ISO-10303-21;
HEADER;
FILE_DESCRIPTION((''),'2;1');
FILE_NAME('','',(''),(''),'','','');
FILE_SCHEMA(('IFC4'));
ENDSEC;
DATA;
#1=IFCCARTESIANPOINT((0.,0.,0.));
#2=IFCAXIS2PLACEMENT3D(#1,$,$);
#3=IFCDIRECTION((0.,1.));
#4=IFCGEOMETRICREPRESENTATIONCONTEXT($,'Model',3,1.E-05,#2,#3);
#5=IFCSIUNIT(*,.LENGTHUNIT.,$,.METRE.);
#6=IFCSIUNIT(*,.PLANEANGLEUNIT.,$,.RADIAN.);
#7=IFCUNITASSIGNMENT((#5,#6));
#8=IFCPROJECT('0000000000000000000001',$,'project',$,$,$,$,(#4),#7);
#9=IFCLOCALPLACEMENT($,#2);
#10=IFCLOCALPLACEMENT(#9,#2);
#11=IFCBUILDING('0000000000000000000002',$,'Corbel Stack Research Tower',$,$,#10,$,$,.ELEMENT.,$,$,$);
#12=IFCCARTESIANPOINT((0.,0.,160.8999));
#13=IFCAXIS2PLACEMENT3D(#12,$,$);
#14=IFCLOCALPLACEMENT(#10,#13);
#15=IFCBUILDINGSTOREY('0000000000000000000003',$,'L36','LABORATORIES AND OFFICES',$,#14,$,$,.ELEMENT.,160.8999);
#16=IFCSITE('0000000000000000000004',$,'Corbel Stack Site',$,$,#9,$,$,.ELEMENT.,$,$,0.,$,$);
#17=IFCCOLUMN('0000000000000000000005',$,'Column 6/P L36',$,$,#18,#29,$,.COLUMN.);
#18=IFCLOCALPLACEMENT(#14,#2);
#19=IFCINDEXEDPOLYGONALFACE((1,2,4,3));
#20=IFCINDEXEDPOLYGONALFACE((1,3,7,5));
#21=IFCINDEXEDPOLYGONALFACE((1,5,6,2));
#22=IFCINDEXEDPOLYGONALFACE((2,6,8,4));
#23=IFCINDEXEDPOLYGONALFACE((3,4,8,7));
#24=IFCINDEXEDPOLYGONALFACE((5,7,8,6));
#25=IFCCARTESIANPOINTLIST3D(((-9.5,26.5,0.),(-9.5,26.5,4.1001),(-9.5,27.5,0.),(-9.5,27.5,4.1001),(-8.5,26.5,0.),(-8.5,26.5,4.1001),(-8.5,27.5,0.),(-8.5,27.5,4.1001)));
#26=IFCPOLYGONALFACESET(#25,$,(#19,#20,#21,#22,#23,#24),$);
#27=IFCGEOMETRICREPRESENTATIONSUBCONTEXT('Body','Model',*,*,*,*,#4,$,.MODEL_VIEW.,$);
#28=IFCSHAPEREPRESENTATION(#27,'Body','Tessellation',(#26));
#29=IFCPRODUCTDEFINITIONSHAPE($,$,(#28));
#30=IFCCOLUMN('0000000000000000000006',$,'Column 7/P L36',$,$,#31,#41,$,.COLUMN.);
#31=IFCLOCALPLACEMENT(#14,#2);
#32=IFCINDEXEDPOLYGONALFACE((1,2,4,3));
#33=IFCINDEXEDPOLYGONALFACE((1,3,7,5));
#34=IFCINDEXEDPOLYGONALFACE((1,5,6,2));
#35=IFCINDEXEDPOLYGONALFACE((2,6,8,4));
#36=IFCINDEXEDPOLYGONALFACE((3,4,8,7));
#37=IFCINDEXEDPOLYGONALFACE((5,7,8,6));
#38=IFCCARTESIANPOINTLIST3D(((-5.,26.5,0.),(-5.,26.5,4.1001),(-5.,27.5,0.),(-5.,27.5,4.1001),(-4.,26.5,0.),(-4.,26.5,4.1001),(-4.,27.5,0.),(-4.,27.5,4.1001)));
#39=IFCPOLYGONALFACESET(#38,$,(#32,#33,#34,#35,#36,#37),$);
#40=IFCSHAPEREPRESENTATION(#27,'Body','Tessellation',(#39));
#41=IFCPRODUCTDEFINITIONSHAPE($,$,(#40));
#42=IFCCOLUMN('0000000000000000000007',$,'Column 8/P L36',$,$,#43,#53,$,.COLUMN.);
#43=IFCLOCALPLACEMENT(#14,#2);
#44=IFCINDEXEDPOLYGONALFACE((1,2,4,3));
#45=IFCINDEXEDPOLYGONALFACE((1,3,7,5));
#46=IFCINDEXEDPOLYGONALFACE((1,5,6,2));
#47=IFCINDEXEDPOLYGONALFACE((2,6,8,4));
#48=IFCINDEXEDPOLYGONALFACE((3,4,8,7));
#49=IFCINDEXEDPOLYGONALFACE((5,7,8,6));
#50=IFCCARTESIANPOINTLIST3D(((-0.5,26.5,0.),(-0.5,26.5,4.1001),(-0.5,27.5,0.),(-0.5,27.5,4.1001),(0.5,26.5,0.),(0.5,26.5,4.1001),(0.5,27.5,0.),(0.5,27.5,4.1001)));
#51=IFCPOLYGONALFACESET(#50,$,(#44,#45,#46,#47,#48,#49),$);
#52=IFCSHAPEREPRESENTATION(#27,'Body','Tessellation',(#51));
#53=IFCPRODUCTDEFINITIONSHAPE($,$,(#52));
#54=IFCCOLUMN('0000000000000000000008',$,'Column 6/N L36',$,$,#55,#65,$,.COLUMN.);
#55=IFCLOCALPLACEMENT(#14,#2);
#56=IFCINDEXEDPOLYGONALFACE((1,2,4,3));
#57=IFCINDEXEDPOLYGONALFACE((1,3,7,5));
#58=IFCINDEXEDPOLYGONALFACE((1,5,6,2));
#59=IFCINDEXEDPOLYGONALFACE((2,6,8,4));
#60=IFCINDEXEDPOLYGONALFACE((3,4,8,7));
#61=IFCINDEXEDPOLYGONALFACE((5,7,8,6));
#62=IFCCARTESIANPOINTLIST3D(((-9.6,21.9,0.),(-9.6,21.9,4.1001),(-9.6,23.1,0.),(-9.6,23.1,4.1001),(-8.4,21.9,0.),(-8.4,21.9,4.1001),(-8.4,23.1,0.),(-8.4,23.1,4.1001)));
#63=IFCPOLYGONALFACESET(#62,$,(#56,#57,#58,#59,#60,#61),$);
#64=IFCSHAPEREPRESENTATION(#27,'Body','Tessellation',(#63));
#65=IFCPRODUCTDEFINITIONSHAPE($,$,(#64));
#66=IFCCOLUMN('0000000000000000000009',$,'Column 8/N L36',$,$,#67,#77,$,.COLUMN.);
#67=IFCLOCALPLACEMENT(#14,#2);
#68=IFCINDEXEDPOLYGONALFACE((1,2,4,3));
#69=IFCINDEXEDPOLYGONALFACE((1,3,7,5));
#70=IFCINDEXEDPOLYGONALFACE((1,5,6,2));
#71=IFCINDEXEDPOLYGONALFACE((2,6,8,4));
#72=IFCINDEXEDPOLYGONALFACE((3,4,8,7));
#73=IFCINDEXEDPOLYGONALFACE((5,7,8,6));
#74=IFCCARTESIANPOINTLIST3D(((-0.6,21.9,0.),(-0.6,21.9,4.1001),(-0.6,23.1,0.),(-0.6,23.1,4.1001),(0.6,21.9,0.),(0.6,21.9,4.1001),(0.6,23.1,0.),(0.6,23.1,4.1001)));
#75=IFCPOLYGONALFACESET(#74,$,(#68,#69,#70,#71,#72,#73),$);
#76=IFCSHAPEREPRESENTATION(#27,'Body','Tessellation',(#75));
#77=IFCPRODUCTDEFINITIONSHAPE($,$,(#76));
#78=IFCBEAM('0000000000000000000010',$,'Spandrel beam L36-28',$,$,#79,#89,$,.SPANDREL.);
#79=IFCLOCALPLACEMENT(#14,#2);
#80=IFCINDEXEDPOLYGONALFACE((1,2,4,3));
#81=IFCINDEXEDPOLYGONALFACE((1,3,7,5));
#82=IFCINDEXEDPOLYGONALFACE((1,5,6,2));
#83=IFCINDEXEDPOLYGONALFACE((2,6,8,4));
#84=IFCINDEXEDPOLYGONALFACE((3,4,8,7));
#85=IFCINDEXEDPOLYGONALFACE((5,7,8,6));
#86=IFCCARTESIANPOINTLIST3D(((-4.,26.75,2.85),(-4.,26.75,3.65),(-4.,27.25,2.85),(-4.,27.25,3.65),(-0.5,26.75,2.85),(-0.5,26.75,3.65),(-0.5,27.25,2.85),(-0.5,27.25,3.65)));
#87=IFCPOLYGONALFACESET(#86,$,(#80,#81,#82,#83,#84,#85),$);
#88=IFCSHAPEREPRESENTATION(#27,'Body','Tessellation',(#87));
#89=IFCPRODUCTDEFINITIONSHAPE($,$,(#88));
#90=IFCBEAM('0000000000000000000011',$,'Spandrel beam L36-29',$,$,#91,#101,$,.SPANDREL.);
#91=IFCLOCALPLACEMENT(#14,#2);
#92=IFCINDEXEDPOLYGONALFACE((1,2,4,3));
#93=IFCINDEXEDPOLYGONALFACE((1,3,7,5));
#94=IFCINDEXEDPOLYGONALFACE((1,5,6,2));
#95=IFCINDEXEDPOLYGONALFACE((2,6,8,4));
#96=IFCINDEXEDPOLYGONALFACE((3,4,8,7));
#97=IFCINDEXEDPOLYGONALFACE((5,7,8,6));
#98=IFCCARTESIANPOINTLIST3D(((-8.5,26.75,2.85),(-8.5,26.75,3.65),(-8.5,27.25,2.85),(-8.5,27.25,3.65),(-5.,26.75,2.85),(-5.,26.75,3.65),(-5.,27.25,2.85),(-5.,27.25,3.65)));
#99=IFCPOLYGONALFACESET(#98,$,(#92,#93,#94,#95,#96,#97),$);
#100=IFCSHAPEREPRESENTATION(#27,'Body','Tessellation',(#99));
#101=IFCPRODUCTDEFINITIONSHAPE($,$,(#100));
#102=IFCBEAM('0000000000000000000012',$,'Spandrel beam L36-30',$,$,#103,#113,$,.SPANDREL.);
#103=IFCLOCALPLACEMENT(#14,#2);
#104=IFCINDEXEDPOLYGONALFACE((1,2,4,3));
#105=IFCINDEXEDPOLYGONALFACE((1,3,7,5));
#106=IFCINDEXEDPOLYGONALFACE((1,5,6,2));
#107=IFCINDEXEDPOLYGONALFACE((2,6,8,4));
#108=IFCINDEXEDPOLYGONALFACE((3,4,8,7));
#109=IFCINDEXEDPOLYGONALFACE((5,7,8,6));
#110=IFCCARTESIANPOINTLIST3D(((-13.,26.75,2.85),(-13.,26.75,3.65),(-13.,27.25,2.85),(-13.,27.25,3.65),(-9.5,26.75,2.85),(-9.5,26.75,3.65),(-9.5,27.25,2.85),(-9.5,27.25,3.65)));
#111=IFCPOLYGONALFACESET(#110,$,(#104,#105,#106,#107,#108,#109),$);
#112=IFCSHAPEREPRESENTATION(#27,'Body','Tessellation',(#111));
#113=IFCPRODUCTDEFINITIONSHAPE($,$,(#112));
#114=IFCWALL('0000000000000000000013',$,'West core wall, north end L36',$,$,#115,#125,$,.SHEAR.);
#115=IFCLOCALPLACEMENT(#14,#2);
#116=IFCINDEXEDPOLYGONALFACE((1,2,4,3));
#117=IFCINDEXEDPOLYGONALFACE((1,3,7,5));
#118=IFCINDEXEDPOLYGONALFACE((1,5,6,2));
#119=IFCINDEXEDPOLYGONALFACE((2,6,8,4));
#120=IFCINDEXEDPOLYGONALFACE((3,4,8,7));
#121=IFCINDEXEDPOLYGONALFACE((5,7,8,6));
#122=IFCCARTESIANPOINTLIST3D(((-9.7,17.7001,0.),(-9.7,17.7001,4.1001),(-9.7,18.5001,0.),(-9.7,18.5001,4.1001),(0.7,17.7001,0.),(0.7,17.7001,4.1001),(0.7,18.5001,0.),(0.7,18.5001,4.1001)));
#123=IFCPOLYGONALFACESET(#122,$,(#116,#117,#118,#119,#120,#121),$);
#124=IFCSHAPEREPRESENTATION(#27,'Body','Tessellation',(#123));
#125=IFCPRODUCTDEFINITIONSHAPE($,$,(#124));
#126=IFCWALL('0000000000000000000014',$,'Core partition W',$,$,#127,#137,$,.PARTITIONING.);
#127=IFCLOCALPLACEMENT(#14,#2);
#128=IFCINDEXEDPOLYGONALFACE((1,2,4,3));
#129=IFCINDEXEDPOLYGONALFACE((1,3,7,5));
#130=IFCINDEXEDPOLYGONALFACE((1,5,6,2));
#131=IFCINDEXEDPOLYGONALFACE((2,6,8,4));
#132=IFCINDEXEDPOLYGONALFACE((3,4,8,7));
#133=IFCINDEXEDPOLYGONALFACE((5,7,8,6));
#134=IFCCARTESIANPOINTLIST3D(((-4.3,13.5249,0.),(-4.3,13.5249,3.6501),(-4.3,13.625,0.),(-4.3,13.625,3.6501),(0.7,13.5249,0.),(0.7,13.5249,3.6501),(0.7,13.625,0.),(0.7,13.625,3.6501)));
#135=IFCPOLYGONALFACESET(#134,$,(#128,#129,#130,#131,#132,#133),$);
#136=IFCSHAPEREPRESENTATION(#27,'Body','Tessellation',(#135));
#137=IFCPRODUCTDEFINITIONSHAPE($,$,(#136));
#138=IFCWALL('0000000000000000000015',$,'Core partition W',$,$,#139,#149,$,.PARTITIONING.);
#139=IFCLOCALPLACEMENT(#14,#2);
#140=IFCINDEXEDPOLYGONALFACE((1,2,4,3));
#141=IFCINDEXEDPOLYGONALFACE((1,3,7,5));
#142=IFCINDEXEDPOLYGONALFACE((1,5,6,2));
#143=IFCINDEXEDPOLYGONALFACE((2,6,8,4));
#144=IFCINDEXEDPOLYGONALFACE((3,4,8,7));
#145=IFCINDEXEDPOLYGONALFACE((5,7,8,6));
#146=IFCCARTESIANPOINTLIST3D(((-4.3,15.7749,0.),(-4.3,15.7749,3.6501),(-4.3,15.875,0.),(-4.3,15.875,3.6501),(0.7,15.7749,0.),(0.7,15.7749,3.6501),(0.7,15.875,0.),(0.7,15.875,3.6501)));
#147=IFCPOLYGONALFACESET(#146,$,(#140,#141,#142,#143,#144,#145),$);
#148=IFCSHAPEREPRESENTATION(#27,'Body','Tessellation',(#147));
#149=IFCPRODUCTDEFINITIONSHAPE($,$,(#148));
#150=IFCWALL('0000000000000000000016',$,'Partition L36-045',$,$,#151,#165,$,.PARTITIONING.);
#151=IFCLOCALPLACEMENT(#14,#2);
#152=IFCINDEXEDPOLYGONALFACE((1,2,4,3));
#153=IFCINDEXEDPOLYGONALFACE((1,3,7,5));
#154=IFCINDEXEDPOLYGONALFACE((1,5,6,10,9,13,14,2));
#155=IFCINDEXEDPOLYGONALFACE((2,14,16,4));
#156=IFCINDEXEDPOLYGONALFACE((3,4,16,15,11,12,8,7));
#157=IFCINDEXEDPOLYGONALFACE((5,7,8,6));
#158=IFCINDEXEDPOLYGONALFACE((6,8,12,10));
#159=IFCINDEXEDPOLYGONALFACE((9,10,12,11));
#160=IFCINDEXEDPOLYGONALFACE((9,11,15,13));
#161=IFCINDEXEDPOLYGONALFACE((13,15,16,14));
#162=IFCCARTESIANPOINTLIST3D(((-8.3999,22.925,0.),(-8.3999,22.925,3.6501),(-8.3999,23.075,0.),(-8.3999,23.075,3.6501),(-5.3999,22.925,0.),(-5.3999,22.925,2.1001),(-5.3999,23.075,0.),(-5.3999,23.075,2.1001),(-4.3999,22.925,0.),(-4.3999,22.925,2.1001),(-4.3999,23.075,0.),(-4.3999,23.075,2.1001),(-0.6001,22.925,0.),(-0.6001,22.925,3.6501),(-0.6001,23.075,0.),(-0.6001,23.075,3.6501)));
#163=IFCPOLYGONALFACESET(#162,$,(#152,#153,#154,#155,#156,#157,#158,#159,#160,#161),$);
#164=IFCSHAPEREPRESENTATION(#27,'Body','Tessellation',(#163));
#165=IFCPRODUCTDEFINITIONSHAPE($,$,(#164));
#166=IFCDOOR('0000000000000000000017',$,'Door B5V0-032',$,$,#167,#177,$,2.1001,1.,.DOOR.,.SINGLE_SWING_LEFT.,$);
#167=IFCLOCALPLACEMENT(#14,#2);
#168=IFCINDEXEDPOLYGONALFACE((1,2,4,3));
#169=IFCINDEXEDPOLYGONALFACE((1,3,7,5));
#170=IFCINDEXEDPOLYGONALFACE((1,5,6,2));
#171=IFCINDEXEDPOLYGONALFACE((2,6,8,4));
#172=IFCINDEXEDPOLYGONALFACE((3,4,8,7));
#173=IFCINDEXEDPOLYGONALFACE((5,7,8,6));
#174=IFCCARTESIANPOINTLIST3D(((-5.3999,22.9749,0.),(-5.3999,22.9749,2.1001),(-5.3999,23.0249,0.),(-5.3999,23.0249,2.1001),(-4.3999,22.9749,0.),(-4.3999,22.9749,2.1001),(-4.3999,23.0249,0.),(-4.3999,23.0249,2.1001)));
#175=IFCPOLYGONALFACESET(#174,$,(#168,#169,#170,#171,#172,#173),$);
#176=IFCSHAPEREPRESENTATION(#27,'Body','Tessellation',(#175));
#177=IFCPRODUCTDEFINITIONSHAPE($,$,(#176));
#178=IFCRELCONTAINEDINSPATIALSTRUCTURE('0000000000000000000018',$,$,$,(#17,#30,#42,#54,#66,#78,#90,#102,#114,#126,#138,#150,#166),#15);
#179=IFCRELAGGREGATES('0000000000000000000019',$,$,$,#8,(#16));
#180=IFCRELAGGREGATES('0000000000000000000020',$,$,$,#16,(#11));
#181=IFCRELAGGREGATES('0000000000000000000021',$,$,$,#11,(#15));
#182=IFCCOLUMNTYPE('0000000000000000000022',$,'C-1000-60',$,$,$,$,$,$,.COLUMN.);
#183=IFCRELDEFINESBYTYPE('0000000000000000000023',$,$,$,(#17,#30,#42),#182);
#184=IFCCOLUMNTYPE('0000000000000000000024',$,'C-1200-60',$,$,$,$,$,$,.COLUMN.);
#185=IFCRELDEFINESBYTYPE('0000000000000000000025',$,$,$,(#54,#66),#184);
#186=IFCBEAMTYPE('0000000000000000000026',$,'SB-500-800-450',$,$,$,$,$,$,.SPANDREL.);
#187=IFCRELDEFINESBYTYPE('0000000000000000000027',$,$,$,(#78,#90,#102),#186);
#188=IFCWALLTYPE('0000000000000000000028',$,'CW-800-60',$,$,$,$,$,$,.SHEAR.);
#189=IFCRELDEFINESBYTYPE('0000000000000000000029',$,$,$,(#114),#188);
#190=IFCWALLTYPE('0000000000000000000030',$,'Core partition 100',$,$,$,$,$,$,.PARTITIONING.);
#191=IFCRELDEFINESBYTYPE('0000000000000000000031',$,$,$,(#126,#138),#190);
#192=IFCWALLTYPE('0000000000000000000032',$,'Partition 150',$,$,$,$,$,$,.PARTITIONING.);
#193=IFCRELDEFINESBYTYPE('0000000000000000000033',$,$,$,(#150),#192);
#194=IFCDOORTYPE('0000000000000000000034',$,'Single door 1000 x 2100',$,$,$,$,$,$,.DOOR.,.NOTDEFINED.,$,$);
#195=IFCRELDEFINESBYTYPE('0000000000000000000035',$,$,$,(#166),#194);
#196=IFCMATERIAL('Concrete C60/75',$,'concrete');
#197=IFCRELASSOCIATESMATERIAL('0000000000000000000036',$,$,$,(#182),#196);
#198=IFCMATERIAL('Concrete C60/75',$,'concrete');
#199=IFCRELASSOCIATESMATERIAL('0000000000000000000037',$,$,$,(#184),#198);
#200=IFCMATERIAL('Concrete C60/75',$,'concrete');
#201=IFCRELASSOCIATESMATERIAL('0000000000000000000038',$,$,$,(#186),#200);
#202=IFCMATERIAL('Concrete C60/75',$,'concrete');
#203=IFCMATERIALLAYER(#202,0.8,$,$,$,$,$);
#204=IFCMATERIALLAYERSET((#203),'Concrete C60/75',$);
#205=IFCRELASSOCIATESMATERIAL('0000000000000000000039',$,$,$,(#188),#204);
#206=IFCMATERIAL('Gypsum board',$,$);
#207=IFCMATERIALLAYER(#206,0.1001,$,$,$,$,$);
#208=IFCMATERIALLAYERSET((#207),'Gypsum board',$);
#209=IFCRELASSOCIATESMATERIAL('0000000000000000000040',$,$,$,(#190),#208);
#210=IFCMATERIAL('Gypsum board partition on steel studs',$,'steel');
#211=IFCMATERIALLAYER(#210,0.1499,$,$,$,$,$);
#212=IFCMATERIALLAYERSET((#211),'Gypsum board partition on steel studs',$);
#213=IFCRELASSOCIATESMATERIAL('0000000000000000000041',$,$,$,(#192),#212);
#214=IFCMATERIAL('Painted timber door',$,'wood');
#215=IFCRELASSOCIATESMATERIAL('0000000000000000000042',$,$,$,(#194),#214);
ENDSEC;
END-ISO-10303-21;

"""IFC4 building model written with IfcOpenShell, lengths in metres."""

from ifc_helpers import new_model, si_unit, direction, frame, frame_2d, origin, origin_2d, place, context, subcontext, project, spatial, rectangle, extrude, material, layer, layer_set, material_profile, profile_set, type_object, element, fill, save


model = new_model("IFC4")

# Units and contexts
model_context = context("Model", 3, precision=1e-05, world=origin(), true_north=direction((0.0, 1.0)))
body_context = subcontext(model_context, "Body", "Model", "MODEL_VIEW")
ifc_project = project(units=[si_unit("LENGTHUNIT", "METRE"), si_unit("PLANEANGLEUNIT", "RADIAN")], contexts=[model_context])

# Site, building, storey
site_placement = place(None, origin())
site = spatial("IfcSite", under=ifc_project, at=site_placement, Name="Corbel Stack Site", CompositionType="ELEMENT", RefElevation=0.0)
building_placement = place(site_placement, origin())
building = spatial("IfcBuilding", under=site, at=building_placement, Name="Corbel Stack Research Tower", CompositionType="ELEMENT")
storey_placement = place(building_placement, frame((0.0, 0.0, 160.8999)))
storey = spatial("IfcBuildingStorey", under=building, at=storey_placement, Name="L36", Description="LABORATORIES AND OFFICES", CompositionType="ELEMENT", Elevation=160.8999)

# Columns
ifc_material_1 = material(Name="Concrete C60/75", Category="concrete")
ifc_material_profile_1 = material_profile(ifc_material_1, rectangle(XDim=1.0, YDim=1.0, at=origin_2d()), Name="RC 1000 x 1000")
ifc_profile_set_1 = profile_set([ifc_material_profile_1], Name="Concrete C60/75")
column_type_1 = type_object("IfcColumnType", Name="C-1000-60", PredefinedType="COLUMN", material=ifc_profile_set_1)
for number, where, z_axis, x_axis, name in (
    (1, (-9.0, 27.0, 0.0), (0.0, 0.0, 1.0), (1.0, 0.0, 0.0), "Column 6/P L36"),
    (2, (-4.5, 27.0, 0.0), (0.0, 0.0, 1.0), (1.0, 0.0, 0.0), "Column 7/P L36"),
    (3, (0.0, 27.0, 0.0), (0.0, 0.0, 1.0), (1.0, 0.0, 0.0), "Column 8/P L36"),
):
    element("IfcColumn", number, at=place(storey_placement, frame(where, z_axis=z_axis, x_axis=x_axis)), inside=storey, type_object=column_type_1, Name=name, PredefinedType="COLUMN", context=body_context, shape_type="SweptSolid", body=[
        extrude(rectangle(XDim=1.0, YDim=1.0, at=origin_2d()), origin(), (0.0, 0.0, 1.0), 4.1001),
    ])
ifc_material_2 = material(Name="Concrete C60/75", Category="concrete")
ifc_material_profile_2 = material_profile(ifc_material_2, rectangle(XDim=1.2, YDim=1.2, at=origin_2d()), Name="RC 1200 x 1200")
ifc_profile_set_2 = profile_set([ifc_material_profile_2], Name="Concrete C60/75")
column_type_2 = type_object("IfcColumnType", Name="C-1200-60", PredefinedType="COLUMN", material=ifc_profile_set_2)
for number, where, z_axis, x_axis, name in (
    (4, (-9.0, 22.5, 0.0), (0.0, 0.0, 1.0), (1.0, 0.0, 0.0), "Column 6/N L36"),
    (5, (0.0, 22.5, 0.0), (0.0, 0.0, 1.0), (1.0, 0.0, 0.0), "Column 8/N L36"),
):
    element("IfcColumn", number, at=place(storey_placement, frame(where, z_axis=z_axis, x_axis=x_axis)), inside=storey, type_object=column_type_2, Name=name, PredefinedType="COLUMN", context=body_context, shape_type="SweptSolid", body=[
        extrude(rectangle(XDim=1.2, YDim=1.2, at=origin_2d()), origin(), (0.0, 0.0, 1.0), 4.1001),
    ])

# Beams
ifc_material_3 = material(Name="Concrete C60/75", Category="concrete")
ifc_material_profile_3 = material_profile(ifc_material_3, rectangle(XDim=0.5, YDim=0.8, at=origin_2d()), Name="RC 500 x 800")
ifc_profile_set_3 = profile_set([ifc_material_profile_3], Name="Concrete C60/75")
beam_type = type_object("IfcBeamType", Name="SB-500-800-450", PredefinedType="SPANDREL", material=ifc_profile_set_3)
for number, where, z_axis, x_axis, name in (
    (6, (-0.5, 27.0, 3.25), (-1.0, 0.0, 0.0), (0.0, -1.0, 0.0), "Spandrel beam L36-28"),
    (7, (-5.0, 27.0, 3.25), (-1.0, 0.0, 0.0), (0.0, -1.0, 0.0), "Spandrel beam L36-29"),
    (8, (-9.5, 27.0, 3.25), (-1.0, 0.0, 0.0), (0.0, -1.0, 0.0), "Spandrel beam L36-30"),
):
    element("IfcBeam", number, at=place(storey_placement, frame(where, z_axis=z_axis, x_axis=x_axis)), inside=storey, type_object=beam_type, Name=name, PredefinedType="SPANDREL", context=body_context, shape_type="SweptSolid", body=[
        extrude(rectangle(XDim=0.5, YDim=0.8, at=origin_2d()), origin(), (0.0, 0.0, 1.0), 3.5),
    ])

# Walls
ifc_material_4 = material(Name="Concrete C60/75", Category="concrete")
ifc_layer_1 = layer(ifc_material_4, 0.8)
ifc_layer_set_1 = layer_set([ifc_layer_1], Name="Concrete C60/75")
wall_type_1 = type_object("IfcWallType", Name="CW-800-60", PredefinedType="SHEAR", material=ifc_layer_set_1)
wall_1_placement = place(storey_placement, frame((-9.7, 18.1001, 0.0), z_axis=(0.0, 0.0, 1.0), x_axis=(1.0, 0.0, 0.0)))
element("IfcWall", 9, at=wall_1_placement, inside=storey, type_object=wall_type_1, Name="West core wall, north end L36", PredefinedType="SHEAR", context=body_context, shape_type="SweptSolid", body=[
    extrude(rectangle(XDim=10.3999, YDim=0.8, at=frame_2d((5.2, 0.0))), origin(), (0.0, 0.0, 1.0), 4.1001),
])
ifc_material_5 = material(Name="Gypsum board")
ifc_layer_2 = layer(ifc_material_5, 0.1001)
ifc_layer_set_2 = layer_set([ifc_layer_2], Name="Gypsum board")
wall_type_2 = type_object("IfcWallType", Name="Core partition 100", PredefinedType="PARTITIONING", material=ifc_layer_set_2)
for number, where, z_axis, x_axis, name in (
    (10, (-4.3, 13.575, 0.0), (0.0, 0.0, 1.0), (1.0, 0.0, 0.0), "Core partition W"),
    (11, (-4.3, 15.825, 0.0), (0.0, 0.0, 1.0), (1.0, 0.0, 0.0), "Core partition W"),
):
    element("IfcWall", number, at=place(storey_placement, frame(where, z_axis=z_axis, x_axis=x_axis)), inside=storey, type_object=wall_type_2, Name=name, PredefinedType="PARTITIONING", context=body_context, shape_type="SweptSolid", body=[
        extrude(rectangle(XDim=5.0, YDim=0.1001, at=frame_2d((2.5, 0.0))), origin(), (0.0, 0.0, 1.0), 3.6501),
    ])

# Wall, opening, door
ifc_material_6 = material(Name="Gypsum board partition on steel studs", Category="steel")
ifc_layer_3 = layer(ifc_material_6, 0.1499)
ifc_layer_set_3 = layer_set([ifc_layer_3], Name="Gypsum board partition on steel studs")
wall_type_3 = type_object("IfcWallType", Name="Partition 150", PredefinedType="PARTITIONING", material=ifc_layer_set_3)
wall_2_placement = place(storey_placement, frame((-8.3999, 23.0, 0.0), z_axis=(0.0, 0.0, 1.0), x_axis=(1.0, 0.0, 0.0)))
wall_2 = element("IfcWall", 12, at=wall_2_placement, inside=storey, type_object=wall_type_3, Name="Partition L36-045", PredefinedType="PARTITIONING", context=body_context, shape_type="SweptSolid", body=[
    extrude(rectangle(XDim=7.7998, YDim=0.1499, at=frame_2d((3.8999, 0.0))), origin(), (0.0, 0.0, 1.0), 3.6501),
])
opening_1_placement = place(wall_2_placement, frame((3.0, 0.0, 0.0)))
opening_1 = element("IfcOpeningElement", 13, at=opening_1_placement, cuts=wall_2, PredefinedType="OPENING", context=body_context, shape_type="SweptSolid", body=[
    extrude(rectangle(XDim=1.0, YDim=2.1001, at=frame_2d((0.5, 1.05))), frame((0.0, 0.085, 0.0), z_axis=(0.0, -1.0, 0.0), x_axis=(1.0, 0.0, 0.0)), (0.0, 0.0, 1.0), 0.1699),
])
ifc_material_7 = material(Name="Painted timber door", Category="wood")
door_type = type_object("IfcDoorType", Name="Single door 1000 x 2100", OperationType="NOTDEFINED", PredefinedType="DOOR", material=ifc_material_7)
door_placement = place(opening_1_placement, origin())
door = element("IfcDoor", 14, at=door_placement, inside=storey, type_object=door_type, Name="Door B5V0-032", OperationType="SINGLE_SWING_LEFT", OverallHeight=2.1001, OverallWidth=1.0, PredefinedType="DOOR", context=body_context, shape_type="SweptSolid", body=[
    extrude(rectangle(XDim=1.0, YDim=2.1001, at=frame_2d((0.5, 1.05))), frame((0.0, 0.0249, 0.0), z_axis=(0.0, -1.0, 0.0), x_axis=(1.0, 0.0, 0.0)), (0.0, 0.0, 1.0), 0.05),
])
fill(opening_1, door)

save(model, "model.ifc")
